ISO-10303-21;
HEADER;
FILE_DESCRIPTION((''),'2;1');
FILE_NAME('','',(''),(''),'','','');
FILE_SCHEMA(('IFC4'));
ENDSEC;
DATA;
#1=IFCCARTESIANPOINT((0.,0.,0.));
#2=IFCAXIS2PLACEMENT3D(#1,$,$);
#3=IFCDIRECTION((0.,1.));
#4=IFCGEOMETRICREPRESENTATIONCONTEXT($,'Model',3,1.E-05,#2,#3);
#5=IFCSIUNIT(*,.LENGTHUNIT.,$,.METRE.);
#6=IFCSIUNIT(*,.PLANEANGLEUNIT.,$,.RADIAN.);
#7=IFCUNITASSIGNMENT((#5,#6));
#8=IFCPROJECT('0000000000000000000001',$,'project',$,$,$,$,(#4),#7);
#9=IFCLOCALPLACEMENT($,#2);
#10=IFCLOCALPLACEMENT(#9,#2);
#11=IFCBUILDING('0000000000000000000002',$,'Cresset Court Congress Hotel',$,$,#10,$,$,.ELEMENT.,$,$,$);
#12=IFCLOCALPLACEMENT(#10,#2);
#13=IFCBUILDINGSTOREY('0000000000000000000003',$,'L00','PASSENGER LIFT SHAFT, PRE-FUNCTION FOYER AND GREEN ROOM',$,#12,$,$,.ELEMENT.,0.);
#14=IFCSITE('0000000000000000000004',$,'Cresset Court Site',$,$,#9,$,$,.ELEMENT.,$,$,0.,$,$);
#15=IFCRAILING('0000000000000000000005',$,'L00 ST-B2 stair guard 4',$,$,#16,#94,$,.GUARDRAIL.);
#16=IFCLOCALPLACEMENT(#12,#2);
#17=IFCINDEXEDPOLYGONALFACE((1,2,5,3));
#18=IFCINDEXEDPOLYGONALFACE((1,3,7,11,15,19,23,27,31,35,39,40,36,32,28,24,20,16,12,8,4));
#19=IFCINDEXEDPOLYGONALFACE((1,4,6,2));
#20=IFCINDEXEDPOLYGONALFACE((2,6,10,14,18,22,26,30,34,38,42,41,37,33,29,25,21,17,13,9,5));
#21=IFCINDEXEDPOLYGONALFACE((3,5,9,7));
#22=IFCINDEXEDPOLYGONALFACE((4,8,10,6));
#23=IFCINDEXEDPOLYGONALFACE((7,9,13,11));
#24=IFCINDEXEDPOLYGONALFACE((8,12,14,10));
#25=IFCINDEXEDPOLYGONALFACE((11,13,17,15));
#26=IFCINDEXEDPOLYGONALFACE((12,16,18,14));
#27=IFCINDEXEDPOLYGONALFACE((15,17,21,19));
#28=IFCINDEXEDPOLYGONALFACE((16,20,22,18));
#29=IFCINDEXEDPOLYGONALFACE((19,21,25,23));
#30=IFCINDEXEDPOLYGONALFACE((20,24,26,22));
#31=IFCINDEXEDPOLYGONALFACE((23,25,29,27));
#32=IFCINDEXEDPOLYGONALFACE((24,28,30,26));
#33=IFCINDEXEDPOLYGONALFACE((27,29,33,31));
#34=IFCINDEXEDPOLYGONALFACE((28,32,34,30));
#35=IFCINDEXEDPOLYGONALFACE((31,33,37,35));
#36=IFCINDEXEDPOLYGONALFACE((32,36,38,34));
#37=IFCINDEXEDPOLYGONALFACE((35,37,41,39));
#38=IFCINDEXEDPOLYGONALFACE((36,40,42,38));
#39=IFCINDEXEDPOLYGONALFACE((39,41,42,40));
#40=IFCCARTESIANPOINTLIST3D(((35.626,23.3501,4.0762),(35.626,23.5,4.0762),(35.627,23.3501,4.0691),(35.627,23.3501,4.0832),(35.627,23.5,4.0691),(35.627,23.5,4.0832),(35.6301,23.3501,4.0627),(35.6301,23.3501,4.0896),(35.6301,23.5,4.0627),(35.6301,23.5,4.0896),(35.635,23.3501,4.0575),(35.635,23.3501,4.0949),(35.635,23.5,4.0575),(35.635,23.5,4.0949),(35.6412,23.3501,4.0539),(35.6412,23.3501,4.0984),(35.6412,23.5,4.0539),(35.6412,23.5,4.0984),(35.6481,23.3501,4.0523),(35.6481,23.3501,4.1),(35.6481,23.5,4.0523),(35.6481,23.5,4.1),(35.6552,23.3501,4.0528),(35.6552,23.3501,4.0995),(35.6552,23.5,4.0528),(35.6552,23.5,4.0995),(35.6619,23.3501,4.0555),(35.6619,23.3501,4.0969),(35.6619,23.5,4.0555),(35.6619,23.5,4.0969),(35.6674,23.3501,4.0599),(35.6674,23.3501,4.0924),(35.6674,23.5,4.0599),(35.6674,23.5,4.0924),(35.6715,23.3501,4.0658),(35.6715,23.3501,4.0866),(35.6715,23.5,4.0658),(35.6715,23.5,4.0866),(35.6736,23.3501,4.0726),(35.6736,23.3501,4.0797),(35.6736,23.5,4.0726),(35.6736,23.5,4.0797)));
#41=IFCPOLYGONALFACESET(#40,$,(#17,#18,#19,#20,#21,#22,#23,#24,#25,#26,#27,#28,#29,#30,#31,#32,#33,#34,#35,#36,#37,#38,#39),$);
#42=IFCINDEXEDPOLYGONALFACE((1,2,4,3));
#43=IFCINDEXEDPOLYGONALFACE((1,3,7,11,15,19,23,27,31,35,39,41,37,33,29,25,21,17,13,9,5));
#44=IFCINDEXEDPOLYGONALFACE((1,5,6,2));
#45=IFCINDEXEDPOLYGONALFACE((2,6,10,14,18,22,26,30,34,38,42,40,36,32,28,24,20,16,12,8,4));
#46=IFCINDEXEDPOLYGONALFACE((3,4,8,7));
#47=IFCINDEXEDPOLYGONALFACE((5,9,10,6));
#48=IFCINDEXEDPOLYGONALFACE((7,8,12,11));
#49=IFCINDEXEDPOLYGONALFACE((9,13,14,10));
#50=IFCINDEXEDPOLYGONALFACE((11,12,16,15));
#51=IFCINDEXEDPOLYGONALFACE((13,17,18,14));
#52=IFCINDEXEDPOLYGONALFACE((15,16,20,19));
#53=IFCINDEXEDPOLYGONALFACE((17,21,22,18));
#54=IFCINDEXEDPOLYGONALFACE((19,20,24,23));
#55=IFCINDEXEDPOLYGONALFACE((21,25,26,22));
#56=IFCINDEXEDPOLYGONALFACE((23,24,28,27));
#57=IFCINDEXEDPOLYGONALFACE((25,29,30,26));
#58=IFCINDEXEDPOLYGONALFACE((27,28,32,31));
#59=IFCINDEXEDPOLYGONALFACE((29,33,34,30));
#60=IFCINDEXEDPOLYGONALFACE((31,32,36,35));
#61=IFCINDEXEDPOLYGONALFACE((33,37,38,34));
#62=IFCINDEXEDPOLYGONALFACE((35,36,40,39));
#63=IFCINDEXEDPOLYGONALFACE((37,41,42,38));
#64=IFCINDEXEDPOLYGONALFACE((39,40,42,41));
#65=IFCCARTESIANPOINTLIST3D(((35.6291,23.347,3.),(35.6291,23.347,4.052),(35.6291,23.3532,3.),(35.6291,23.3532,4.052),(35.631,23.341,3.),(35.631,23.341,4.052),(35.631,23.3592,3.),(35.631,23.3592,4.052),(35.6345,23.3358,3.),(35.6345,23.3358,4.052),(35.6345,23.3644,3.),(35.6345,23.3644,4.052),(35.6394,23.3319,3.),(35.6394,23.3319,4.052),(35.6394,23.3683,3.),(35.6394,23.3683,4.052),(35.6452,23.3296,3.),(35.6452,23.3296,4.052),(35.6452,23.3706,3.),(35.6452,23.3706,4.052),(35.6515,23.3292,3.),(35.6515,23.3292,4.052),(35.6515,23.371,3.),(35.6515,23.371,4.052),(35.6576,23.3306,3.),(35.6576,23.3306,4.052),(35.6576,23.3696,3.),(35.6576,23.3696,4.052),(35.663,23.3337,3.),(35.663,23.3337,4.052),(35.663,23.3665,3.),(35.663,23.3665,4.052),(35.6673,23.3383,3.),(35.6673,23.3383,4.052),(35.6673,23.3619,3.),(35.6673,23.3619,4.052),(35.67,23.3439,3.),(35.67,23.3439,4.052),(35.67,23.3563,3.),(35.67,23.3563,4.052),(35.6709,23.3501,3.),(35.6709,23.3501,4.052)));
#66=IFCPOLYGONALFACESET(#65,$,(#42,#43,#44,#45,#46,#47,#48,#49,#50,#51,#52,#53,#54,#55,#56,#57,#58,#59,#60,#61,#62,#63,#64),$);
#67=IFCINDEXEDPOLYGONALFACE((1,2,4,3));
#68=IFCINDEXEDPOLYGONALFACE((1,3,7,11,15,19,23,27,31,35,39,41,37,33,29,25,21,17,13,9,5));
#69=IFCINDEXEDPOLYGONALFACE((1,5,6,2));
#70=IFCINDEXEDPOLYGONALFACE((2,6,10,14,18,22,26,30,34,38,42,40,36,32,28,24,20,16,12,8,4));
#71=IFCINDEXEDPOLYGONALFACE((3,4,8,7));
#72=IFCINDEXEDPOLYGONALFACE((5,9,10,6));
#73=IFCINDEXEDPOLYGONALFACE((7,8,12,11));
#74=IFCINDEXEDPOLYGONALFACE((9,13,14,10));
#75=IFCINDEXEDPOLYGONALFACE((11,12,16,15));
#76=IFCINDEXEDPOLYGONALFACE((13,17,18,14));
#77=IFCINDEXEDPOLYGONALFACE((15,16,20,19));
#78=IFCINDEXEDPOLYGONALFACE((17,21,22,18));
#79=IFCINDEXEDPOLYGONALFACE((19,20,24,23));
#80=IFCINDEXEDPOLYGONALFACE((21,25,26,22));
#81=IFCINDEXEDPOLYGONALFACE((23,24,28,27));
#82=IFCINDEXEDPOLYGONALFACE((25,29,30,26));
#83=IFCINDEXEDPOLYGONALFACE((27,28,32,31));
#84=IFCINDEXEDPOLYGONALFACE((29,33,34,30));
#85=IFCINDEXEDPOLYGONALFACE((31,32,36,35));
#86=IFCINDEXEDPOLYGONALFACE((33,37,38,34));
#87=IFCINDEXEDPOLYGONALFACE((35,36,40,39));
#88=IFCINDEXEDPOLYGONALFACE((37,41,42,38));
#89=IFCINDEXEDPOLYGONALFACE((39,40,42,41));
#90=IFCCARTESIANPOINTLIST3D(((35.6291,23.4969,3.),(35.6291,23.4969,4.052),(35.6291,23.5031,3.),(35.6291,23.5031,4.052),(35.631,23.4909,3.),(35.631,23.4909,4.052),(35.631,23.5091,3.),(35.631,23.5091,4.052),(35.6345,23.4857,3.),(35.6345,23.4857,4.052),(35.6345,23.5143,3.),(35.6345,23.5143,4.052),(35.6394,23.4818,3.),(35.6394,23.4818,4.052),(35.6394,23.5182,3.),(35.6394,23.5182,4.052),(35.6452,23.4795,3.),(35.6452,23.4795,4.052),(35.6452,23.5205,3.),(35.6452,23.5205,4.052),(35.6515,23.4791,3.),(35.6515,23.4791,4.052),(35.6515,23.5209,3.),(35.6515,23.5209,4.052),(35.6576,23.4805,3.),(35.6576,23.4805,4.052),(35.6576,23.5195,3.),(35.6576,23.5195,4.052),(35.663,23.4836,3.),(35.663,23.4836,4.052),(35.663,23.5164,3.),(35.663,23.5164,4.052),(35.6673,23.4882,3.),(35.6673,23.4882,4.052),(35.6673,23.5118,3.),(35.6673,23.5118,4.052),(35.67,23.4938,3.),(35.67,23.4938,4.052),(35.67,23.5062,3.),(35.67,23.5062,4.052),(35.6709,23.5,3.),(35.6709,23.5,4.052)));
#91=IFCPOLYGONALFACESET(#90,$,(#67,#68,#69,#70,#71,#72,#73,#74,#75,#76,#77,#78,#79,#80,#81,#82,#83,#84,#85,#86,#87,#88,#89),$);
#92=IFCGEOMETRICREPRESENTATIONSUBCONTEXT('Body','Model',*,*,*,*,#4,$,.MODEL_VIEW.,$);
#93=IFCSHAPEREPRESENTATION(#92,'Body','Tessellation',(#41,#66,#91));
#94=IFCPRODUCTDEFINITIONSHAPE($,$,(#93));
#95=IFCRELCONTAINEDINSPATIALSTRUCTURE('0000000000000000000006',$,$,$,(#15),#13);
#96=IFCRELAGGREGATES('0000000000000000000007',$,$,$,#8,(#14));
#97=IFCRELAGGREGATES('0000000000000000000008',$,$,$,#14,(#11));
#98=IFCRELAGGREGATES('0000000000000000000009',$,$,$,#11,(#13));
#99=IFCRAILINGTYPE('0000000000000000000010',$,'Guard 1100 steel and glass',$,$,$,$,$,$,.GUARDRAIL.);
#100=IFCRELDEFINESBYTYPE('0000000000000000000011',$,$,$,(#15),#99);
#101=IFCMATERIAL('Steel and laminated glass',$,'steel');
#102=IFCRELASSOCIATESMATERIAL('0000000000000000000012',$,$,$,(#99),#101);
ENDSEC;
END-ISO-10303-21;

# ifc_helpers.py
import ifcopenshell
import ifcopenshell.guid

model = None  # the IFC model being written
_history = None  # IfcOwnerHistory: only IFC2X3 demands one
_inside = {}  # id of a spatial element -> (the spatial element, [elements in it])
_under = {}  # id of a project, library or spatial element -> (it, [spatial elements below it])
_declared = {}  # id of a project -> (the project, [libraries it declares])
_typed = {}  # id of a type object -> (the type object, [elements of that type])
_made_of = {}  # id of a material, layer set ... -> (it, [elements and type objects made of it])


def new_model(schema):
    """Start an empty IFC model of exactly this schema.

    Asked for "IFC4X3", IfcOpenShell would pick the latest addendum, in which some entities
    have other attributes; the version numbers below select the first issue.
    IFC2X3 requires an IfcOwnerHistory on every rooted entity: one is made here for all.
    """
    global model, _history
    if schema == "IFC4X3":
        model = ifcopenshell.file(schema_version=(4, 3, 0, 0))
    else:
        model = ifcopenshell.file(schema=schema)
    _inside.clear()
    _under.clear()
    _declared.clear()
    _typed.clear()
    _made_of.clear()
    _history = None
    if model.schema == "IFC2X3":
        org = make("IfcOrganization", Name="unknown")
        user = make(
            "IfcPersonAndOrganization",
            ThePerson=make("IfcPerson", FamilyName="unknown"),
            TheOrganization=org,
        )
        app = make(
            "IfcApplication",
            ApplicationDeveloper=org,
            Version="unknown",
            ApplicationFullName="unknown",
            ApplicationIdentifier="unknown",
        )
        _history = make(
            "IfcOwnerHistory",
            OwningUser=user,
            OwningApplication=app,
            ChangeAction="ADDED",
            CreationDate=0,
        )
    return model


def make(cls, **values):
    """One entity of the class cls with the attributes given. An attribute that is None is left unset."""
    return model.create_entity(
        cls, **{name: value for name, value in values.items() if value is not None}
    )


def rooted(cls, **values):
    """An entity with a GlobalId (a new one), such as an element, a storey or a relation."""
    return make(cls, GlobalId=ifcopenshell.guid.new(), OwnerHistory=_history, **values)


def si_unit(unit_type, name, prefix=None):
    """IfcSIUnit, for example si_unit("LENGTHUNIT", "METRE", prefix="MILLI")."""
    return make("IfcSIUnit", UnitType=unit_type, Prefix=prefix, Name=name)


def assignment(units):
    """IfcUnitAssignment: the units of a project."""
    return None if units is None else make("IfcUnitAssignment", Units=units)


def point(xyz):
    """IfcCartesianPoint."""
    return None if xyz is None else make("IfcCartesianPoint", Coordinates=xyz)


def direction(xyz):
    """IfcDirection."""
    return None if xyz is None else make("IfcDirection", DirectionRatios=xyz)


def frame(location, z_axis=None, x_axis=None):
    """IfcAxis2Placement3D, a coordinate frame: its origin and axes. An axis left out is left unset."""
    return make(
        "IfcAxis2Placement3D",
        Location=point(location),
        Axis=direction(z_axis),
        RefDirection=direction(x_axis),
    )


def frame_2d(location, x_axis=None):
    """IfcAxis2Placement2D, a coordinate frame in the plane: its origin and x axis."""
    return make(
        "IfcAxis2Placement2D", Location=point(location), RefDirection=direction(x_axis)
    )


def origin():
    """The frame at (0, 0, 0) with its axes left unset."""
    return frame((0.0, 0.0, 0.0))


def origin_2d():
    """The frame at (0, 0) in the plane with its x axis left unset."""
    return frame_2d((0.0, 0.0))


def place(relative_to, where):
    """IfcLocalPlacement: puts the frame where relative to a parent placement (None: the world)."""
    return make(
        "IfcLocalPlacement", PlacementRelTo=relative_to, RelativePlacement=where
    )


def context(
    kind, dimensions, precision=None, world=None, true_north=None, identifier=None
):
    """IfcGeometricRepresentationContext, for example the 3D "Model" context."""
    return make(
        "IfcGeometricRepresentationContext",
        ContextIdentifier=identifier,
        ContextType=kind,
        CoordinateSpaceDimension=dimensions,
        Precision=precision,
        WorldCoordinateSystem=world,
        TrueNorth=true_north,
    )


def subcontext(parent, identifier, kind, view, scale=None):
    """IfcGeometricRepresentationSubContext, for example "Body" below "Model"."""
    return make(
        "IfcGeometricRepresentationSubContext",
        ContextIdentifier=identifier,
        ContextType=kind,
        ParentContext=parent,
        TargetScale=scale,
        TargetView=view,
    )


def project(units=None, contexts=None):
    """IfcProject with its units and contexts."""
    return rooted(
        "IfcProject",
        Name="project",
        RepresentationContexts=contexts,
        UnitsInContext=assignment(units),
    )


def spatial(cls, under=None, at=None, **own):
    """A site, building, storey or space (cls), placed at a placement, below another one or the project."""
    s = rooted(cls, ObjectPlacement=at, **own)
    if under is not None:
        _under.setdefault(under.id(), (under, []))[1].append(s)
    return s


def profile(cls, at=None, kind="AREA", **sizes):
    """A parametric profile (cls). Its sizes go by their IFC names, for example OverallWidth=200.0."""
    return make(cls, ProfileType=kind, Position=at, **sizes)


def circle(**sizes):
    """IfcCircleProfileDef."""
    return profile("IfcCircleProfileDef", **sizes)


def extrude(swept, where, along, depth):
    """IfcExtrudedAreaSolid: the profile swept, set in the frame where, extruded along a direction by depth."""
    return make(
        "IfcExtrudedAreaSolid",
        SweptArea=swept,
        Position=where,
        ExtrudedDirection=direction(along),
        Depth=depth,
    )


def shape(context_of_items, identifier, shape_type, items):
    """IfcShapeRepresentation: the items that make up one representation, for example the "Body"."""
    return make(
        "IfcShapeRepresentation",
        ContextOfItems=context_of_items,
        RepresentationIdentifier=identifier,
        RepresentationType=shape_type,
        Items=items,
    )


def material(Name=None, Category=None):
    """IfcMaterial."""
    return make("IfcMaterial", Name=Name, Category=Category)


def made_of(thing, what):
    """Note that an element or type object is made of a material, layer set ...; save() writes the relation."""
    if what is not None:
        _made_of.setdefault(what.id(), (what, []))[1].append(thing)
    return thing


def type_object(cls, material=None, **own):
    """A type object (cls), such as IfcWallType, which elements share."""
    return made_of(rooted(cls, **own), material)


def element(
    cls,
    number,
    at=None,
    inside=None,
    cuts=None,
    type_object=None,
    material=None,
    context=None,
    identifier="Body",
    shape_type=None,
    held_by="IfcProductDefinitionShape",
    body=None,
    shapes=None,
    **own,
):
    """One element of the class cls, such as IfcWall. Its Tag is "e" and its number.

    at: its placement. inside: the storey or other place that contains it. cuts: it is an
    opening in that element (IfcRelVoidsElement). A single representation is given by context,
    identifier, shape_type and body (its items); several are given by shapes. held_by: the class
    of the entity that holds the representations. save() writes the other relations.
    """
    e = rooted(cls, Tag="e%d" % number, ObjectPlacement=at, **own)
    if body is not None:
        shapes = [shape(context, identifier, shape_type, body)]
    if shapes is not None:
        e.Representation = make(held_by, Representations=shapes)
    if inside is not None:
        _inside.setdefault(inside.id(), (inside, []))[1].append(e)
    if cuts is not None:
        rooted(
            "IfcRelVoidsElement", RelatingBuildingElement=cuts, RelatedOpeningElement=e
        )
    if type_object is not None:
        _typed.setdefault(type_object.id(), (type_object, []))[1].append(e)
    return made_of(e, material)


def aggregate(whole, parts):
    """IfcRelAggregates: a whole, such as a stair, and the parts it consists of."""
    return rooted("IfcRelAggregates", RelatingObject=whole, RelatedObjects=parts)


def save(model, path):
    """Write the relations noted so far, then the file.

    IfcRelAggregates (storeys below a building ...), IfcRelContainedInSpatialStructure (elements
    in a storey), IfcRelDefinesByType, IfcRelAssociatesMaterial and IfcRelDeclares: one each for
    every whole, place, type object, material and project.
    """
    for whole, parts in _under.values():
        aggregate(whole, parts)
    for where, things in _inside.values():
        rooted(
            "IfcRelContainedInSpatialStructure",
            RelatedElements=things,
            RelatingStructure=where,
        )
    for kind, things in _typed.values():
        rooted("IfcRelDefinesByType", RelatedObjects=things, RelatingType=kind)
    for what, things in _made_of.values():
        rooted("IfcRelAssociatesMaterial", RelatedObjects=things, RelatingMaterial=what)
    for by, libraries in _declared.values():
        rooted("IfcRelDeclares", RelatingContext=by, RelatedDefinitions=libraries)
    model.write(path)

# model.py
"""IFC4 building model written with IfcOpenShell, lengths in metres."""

from ifc_helpers import new_model, si_unit, direction, frame, origin, origin_2d, place, context, subcontext, project, spatial, circle, extrude, material, type_object, element, save


model = new_model("IFC4")

# Units and contexts
model_context = context("Model", 3, precision=1e-05, world=origin(), true_north=direction((0.0, 1.0)))
body_context = subcontext(model_context, "Body", "Model", "MODEL_VIEW")
ifc_project = project(units=[si_unit("LENGTHUNIT", "METRE"), si_unit("PLANEANGLEUNIT", "RADIAN")], contexts=[model_context])

# Site, building, storey
site_placement = place(None, origin())
site = spatial("IfcSite", under=ifc_project, at=site_placement, Name="Cresset Court Site", CompositionType="ELEMENT", RefElevation=0.0)
building_placement = place(site_placement, origin())
building = spatial("IfcBuilding", under=site, at=building_placement, Name="Cresset Court Congress Hotel", CompositionType="ELEMENT")
storey_placement = place(building_placement, origin())
storey = spatial("IfcBuildingStorey", under=building, at=storey_placement, Name="L00", Description="PASSENGER LIFT SHAFT, PRE-FUNCTION FOYER AND GREEN ROOM", CompositionType="ELEMENT", Elevation=0.0)

# Railing
ifc_material_1 = material(Name="Steel and laminated glass", Category="steel")
railing_type_1 = type_object("IfcRailingType", Name="Guard 1100 steel and glass", PredefinedType="GUARDRAIL", material=ifc_material_1)
railing_1_placement = place(storey_placement, frame((35.6499, 23.3501, 3.0)))
element("IfcRailing", 1, at=railing_1_placement, inside=storey, type_object=railing_type_1, Name="L00 ST-B2 stair guard 4", PredefinedType="GUARDRAIL", context=body_context, shape_type="SweptSolid", body=[
    extrude(circle(Radius=0.0239, at=origin_2d()), frame((0.0, 0.0, 1.0762), z_axis=(0.0, 1.0, 0.0), x_axis=(-1.0, 0.0, 0.0)), (0.0, 0.0, 1.0), 0.1499),
    extrude(circle(Radius=0.021, at=origin_2d()), origin(), (0.0, 0.0, 1.0), 1.052),
    extrude(circle(Radius=0.021, at=origin_2d()), frame((0.0, 0.1499, 0.0)), (0.0, 0.0, 1.0), 1.052),
])

save(model, "model.ifc")
